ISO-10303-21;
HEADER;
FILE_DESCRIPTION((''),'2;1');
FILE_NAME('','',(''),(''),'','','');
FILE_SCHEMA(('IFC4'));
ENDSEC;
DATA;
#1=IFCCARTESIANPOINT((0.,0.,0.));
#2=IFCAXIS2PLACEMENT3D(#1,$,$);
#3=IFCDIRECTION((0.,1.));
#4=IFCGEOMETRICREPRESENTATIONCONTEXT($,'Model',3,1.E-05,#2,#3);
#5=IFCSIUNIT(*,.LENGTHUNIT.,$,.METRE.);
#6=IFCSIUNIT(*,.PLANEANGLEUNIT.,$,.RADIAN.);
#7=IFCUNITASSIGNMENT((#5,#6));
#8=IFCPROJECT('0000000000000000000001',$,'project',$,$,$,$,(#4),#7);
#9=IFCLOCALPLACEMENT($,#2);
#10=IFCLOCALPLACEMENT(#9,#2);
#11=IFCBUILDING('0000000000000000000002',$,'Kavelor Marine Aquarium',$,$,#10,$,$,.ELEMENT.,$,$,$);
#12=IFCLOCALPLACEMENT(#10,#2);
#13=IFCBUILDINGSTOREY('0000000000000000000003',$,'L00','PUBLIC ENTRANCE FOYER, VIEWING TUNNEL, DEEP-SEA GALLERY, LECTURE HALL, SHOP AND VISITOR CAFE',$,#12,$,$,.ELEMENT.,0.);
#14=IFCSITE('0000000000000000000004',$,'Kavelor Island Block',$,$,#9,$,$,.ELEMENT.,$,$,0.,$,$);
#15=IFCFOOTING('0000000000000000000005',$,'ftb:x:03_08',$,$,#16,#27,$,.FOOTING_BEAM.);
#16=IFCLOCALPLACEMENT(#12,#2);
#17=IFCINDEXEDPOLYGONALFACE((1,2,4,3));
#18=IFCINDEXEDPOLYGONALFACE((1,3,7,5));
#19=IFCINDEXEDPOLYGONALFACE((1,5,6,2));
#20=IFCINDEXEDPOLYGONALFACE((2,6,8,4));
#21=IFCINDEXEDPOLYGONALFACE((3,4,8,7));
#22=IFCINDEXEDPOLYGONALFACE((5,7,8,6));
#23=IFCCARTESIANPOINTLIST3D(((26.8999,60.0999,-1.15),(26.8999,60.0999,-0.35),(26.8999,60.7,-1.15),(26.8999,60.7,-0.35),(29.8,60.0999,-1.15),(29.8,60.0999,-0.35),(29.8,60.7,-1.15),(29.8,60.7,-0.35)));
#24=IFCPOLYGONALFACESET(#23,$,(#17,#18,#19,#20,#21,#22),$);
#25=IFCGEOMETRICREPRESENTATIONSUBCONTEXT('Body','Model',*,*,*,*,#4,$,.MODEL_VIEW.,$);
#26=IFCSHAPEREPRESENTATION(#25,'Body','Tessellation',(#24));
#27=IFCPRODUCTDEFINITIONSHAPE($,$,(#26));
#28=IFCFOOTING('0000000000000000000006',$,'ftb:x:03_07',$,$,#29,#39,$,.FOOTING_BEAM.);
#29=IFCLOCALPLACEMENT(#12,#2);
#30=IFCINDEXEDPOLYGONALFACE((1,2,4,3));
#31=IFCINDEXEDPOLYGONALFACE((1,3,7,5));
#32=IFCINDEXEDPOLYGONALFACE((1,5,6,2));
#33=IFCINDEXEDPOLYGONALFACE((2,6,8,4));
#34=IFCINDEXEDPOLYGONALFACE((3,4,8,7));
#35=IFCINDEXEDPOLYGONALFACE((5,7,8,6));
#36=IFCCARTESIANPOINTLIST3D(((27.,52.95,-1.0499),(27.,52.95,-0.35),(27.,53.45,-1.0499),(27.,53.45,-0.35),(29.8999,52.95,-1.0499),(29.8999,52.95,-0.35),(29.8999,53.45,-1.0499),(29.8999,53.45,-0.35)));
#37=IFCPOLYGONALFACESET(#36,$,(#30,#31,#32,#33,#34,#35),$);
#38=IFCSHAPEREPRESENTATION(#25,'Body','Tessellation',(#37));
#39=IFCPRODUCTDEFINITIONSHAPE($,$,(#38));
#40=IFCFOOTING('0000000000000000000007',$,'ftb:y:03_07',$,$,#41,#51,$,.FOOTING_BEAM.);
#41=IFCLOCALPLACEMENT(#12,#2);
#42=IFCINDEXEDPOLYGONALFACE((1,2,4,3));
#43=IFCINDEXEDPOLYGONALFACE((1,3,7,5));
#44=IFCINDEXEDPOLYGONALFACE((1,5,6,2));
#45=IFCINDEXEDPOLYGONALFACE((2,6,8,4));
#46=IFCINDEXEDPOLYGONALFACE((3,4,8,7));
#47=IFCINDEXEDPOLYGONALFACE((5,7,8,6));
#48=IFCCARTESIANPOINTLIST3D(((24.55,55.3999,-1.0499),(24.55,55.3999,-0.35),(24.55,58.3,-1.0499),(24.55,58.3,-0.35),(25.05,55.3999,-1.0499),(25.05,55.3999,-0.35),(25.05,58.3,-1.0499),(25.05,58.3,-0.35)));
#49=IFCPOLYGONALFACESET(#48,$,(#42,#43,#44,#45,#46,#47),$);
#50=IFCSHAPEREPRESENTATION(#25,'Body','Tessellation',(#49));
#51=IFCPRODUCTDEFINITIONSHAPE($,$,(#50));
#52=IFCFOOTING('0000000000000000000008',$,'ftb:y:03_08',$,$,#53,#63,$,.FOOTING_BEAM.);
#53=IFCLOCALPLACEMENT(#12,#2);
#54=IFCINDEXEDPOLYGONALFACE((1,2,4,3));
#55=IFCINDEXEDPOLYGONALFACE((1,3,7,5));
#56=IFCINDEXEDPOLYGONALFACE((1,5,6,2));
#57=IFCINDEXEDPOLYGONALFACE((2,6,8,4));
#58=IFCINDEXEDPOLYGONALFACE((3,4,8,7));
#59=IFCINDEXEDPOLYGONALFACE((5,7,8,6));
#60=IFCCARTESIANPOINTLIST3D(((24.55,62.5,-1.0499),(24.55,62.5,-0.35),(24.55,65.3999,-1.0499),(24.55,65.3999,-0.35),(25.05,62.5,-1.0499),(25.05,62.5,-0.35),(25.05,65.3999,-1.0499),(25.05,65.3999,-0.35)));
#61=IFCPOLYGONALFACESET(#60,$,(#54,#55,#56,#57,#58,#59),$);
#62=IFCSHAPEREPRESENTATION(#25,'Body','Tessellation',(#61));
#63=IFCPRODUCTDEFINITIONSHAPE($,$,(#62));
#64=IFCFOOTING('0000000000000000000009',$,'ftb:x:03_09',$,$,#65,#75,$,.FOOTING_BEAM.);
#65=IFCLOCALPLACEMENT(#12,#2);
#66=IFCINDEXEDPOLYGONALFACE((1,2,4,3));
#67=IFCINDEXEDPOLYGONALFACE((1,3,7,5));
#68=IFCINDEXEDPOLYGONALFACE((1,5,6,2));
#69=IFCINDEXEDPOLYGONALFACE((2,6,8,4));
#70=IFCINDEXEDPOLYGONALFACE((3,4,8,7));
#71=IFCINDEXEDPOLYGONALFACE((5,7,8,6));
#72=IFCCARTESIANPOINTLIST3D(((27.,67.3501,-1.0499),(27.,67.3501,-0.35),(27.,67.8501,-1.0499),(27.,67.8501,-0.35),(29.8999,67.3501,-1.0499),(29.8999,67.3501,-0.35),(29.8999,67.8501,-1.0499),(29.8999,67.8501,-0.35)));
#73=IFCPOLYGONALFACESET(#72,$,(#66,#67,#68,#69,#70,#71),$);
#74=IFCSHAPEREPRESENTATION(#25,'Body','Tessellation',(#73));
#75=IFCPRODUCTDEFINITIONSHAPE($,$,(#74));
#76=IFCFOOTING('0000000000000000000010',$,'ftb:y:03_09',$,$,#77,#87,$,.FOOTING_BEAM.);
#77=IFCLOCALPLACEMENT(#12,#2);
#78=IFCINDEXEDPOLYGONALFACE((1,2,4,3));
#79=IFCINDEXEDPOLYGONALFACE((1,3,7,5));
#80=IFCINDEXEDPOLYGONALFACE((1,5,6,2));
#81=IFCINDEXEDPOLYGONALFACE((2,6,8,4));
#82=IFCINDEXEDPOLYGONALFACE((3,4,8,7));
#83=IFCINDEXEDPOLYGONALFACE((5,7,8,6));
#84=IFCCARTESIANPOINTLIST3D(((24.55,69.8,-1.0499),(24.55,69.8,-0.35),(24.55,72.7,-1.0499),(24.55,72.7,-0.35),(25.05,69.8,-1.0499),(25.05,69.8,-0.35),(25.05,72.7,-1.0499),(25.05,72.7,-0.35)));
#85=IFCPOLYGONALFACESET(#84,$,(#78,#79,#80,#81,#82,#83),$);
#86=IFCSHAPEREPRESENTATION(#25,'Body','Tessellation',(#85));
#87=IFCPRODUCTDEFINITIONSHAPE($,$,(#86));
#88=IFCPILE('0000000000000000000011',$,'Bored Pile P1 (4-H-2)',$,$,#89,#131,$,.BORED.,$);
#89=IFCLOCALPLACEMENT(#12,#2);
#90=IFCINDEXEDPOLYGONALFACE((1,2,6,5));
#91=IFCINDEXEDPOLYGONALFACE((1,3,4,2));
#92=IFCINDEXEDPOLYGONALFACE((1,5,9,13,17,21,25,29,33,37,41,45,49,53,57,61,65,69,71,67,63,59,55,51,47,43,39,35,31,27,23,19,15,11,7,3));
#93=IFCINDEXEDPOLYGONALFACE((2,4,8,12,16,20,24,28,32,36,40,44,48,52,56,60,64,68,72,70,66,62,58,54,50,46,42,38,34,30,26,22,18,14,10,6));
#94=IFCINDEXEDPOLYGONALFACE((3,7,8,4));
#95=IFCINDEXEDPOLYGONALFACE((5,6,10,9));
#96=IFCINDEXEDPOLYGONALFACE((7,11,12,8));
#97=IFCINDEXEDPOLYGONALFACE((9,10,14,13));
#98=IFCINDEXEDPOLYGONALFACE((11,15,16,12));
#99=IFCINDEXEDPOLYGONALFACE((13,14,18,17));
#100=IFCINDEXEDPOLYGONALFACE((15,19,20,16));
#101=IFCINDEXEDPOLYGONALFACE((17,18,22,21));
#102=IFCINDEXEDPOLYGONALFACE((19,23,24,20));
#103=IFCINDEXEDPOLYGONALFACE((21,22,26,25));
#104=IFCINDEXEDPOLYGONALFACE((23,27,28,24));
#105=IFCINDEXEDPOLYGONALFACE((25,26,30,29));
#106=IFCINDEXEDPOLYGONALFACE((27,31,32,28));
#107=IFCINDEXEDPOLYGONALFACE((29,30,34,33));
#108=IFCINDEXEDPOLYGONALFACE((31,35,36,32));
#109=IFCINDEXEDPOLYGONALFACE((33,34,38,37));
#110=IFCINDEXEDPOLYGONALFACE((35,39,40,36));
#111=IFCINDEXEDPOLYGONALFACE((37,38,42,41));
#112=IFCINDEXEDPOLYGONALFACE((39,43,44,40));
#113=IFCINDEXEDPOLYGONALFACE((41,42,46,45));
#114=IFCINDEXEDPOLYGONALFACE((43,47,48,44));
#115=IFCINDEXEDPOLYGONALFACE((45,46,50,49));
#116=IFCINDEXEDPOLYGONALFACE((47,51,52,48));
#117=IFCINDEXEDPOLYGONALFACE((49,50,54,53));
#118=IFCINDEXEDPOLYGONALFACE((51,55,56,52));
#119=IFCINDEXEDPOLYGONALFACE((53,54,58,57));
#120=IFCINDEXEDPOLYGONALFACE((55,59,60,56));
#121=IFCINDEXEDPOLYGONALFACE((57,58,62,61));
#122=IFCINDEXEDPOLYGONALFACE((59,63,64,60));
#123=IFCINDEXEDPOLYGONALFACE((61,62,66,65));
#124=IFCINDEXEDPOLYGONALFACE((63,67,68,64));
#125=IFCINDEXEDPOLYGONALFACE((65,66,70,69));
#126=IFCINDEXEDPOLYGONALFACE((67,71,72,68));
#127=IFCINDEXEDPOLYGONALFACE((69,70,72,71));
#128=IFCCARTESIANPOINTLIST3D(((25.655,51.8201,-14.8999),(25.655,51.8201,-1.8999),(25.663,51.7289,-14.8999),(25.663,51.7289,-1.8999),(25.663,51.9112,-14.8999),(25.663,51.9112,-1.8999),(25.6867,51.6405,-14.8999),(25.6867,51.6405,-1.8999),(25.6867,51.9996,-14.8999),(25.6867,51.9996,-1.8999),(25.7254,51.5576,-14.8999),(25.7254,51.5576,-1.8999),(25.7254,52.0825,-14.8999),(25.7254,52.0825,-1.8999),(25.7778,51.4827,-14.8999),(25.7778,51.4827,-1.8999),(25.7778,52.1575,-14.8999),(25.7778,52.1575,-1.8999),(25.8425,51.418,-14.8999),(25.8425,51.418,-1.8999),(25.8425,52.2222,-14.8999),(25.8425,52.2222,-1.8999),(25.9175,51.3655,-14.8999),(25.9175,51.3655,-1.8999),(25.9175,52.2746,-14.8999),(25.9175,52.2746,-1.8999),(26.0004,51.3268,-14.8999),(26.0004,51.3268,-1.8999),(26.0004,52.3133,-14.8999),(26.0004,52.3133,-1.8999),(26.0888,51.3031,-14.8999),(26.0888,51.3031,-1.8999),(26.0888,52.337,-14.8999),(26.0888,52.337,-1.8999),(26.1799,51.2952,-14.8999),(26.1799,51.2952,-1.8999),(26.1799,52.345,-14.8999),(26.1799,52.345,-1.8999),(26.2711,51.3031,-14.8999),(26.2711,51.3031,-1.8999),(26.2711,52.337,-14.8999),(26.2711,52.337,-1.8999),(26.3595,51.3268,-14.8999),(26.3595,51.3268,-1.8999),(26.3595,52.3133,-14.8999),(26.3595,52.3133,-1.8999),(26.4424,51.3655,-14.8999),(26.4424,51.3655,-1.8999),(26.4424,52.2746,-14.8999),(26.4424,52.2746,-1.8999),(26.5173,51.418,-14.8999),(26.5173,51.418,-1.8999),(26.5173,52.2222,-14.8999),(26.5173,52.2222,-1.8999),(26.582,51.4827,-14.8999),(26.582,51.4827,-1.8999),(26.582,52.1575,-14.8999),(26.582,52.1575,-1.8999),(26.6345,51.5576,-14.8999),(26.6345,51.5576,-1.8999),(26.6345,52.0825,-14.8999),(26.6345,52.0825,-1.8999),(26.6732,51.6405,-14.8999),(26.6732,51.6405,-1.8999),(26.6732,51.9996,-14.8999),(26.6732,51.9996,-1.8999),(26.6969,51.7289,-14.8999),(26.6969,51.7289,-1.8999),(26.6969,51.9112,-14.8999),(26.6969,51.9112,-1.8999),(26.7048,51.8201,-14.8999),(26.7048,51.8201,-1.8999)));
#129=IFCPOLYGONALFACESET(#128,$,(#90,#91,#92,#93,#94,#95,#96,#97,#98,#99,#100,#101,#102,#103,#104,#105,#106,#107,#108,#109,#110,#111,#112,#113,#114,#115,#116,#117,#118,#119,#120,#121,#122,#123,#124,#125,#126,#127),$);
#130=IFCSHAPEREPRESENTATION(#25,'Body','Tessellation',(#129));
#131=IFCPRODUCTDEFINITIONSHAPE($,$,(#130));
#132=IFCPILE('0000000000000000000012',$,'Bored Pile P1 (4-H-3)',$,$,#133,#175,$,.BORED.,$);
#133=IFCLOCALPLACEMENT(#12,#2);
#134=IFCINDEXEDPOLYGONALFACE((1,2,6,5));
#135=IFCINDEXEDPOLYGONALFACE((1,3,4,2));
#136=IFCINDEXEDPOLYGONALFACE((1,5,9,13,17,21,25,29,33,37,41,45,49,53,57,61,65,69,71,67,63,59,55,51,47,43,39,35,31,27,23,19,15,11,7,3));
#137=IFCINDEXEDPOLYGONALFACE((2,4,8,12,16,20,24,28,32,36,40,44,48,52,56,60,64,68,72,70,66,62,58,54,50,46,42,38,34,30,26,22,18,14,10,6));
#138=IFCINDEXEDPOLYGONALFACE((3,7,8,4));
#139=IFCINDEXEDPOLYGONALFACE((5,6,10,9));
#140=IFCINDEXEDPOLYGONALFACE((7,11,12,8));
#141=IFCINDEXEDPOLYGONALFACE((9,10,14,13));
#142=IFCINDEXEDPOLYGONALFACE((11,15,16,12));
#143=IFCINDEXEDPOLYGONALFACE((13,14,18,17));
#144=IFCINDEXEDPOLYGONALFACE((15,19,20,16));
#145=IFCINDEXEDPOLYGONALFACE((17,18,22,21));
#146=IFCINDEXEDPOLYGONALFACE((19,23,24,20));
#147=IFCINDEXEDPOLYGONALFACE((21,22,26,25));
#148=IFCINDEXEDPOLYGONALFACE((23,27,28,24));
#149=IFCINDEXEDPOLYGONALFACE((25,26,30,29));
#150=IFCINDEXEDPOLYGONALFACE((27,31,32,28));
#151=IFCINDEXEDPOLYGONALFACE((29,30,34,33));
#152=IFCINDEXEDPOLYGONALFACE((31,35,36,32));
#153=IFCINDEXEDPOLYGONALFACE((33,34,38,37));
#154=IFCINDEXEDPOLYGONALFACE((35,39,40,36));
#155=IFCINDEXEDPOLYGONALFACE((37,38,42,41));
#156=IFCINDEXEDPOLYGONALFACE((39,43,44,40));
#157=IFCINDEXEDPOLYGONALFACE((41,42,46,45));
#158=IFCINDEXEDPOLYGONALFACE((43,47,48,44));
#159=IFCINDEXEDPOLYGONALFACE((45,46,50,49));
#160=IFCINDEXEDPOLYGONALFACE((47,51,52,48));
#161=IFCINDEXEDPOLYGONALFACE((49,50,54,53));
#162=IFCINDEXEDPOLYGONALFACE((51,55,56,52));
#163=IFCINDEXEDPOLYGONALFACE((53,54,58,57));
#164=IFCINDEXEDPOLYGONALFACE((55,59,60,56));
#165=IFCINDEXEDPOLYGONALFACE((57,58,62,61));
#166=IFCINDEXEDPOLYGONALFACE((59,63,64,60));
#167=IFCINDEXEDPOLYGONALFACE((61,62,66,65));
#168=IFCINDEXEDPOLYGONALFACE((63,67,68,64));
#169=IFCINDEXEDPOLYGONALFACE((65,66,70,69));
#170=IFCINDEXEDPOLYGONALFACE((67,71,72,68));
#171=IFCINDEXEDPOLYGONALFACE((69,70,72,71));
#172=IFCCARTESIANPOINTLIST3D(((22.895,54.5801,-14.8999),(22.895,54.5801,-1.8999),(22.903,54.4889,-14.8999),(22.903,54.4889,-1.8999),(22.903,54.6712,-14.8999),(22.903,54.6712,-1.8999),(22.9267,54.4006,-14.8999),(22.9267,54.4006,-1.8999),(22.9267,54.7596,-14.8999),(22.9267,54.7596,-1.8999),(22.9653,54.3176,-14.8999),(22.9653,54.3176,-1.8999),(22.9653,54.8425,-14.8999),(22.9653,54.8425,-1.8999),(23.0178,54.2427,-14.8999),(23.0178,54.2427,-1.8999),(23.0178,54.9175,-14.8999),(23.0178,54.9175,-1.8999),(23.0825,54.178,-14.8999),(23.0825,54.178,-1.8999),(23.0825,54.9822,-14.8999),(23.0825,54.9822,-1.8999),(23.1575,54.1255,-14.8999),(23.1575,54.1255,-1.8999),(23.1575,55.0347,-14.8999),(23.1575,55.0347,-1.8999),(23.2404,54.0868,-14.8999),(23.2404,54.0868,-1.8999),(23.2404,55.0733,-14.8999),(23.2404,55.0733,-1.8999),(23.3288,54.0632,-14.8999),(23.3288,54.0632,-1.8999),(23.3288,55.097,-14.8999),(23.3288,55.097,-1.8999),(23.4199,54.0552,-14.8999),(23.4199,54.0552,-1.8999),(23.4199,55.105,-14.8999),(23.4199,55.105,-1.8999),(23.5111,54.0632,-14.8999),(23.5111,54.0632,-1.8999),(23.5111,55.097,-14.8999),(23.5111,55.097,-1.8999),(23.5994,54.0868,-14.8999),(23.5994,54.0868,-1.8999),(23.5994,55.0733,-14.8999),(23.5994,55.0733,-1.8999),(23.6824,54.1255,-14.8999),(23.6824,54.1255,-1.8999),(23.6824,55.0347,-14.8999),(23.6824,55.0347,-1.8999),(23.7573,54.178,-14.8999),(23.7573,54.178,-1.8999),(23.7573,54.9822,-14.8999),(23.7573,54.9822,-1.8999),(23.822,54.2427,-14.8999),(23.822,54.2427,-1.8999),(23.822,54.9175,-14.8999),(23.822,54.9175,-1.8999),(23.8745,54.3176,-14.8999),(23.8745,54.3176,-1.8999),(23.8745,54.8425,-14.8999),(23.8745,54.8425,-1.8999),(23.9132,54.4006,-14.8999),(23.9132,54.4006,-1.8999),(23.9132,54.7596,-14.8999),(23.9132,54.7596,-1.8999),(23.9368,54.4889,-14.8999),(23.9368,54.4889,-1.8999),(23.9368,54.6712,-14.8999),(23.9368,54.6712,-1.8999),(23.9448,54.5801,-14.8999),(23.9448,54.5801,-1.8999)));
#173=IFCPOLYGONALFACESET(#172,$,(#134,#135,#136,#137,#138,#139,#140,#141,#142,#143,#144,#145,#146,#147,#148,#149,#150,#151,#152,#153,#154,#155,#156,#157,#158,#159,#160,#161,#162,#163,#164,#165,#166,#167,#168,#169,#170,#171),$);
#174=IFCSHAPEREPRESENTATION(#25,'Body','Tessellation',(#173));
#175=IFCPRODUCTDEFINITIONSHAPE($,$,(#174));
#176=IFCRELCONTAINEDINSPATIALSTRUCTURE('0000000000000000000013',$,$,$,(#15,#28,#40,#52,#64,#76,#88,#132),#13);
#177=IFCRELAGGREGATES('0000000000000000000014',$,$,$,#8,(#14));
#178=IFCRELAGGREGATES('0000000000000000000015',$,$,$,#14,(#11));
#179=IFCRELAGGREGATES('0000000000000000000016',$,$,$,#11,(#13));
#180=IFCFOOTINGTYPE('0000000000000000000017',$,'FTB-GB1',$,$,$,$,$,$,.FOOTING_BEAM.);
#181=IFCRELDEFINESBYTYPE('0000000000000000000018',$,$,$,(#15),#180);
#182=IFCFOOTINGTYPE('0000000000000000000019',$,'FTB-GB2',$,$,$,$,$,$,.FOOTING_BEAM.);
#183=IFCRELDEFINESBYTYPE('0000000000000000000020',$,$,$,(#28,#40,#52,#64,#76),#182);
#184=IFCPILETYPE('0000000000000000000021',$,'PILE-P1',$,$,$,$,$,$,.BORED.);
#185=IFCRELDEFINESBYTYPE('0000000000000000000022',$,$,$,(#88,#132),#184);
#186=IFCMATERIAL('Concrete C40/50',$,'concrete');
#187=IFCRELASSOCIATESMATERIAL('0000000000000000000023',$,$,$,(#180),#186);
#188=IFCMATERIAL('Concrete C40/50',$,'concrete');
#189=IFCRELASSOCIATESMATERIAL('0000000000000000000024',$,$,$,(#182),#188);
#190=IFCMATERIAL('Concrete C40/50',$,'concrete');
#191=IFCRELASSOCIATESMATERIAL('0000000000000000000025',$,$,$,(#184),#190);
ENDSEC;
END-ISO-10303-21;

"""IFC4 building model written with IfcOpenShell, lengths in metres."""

from ifc_helpers import new_model, si_unit, direction, frame, origin, origin_2d, place, context, subcontext, project, spatial, rectangle, circle, extrude, material, material_profile, profile_set, type_object, element, save


model = new_model("IFC4")

# Units and contexts
model_context = context("Model", 3, precision=1e-05, world=origin(), true_north=direction((0.0, 1.0)))
body_context = subcontext(model_context, "Body", "Model", "MODEL_VIEW")
ifc_project = project(units=[si_unit("LENGTHUNIT", "METRE"), si_unit("PLANEANGLEUNIT", "RADIAN")], contexts=[model_context])

# Site, building, storey
site_placement = place(None, origin())
site = spatial("IfcSite", under=ifc_project, at=site_placement, Name="Kavelor Island Block", CompositionType="ELEMENT", RefElevation=0.0)
building_placement = place(site_placement, origin())
building = spatial("IfcBuilding", under=site, at=building_placement, Name="Kavelor Marine Aquarium", CompositionType="ELEMENT")
storey_placement = place(building_placement, origin())
storey = spatial("IfcBuildingStorey", under=building, at=storey_placement, Name="L00", Description="PUBLIC ENTRANCE FOYER, VIEWING TUNNEL, DEEP-SEA GALLERY, LECTURE HALL, SHOP AND VISITOR CAFE", CompositionType="ELEMENT", Elevation=0.0)

# Footings
ifc_material_1 = material(Name="Concrete C40/50", Category="concrete")
ifc_material_profile_1 = material_profile(ifc_material_1, rectangle(XDim=0.6001, YDim=0.8, at=origin_2d()), Name="GB 600x800")
ifc_profile_set_1 = profile_set([ifc_material_profile_1], Name="Concrete C40/50")
footing_type_1 = type_object("IfcFootingType", Name="FTB-GB1", PredefinedType="FOOTING_BEAM", material=ifc_profile_set_1)
footing_1_placement = place(storey_placement, frame((26.8999, 60.3999, -0.75), z_axis=(1.0, 0.0, 0.0), x_axis=(0.0, 1.0, 0.0)))
element("IfcFooting", 1, at=footing_1_placement, inside=storey, type_object=footing_type_1, Name="ftb:x:03_08", PredefinedType="FOOTING_BEAM", context=body_context, shape_type="SweptSolid", body=[
    extrude(rectangle(XDim=0.6001, YDim=0.8, at=origin_2d()), origin(), (0.0, 0.0, 1.0), 2.9001),
])
ifc_material_2 = material(Name="Concrete C40/50", Category="concrete")
ifc_material_profile_2 = material_profile(ifc_material_2, rectangle(XDim=0.5, YDim=0.7, at=origin_2d()), Name="GB 500x700")
ifc_profile_set_2 = profile_set([ifc_material_profile_2], Name="Concrete C40/50")
footing_type_2 = type_object("IfcFootingType", Name="FTB-GB2", PredefinedType="FOOTING_BEAM", material=ifc_profile_set_2)
footing_2_placement = place(storey_placement, frame((27.0, 53.2, -0.7), z_axis=(1.0, 0.0, 0.0), x_axis=(0.0, 1.0, 0.0)))
element("IfcFooting", 2, at=footing_2_placement, inside=storey, type_object=footing_type_2, Name="ftb:x:03_07", PredefinedType="FOOTING_BEAM", context=body_context, shape_type="SweptSolid", body=[
    extrude(rectangle(XDim=0.5, YDim=0.7, at=origin_2d()), origin(), (0.0, 0.0, 1.0), 2.8999),
])
footing_3_placement = place(storey_placement, frame((24.8, 55.3999, -0.7), z_axis=(0.0, 1.0, 0.0), x_axis=(-1.0, 0.0, 0.0)))
element("IfcFooting", 3, at=footing_3_placement, inside=storey, type_object=footing_type_2, Name="ftb:y:03_07", PredefinedType="FOOTING_BEAM", context=body_context, shape_type="SweptSolid", body=[
    extrude(rectangle(XDim=0.5, YDim=0.7, at=origin_2d()), origin(), (0.0, 0.0, 1.0), 2.9001),
])
for number, where, z_axis, x_axis, name in (
    (4, (24.8, 62.5, -0.7), (0.0, 1.0, 0.0), (-1.0, 0.0, 0.0), "ftb:y:03_08"),
    (5, (27.0, 67.6001, -0.7), (1.0, 0.0, 0.0), (0.0, 1.0, 0.0), "ftb:x:03_09"),
    (6, (24.8, 69.8, -0.7), (0.0, 1.0, 0.0), (-1.0, 0.0, 0.0), "ftb:y:03_09"),
):
    element("IfcFooting", number, at=place(storey_placement, frame(where, z_axis=z_axis, x_axis=x_axis)), inside=storey, type_object=footing_type_2, Name=name, PredefinedType="FOOTING_BEAM", context=body_context, shape_type="SweptSolid", body=[
        extrude(rectangle(XDim=0.5, YDim=0.7, at=origin_2d()), origin(), (0.0, 0.0, 1.0), 2.8999),
    ])

# Piles
ifc_material_3 = material(Name="Concrete C40/50", Category="concrete")
ifc_material_profile_3 = material_profile(ifc_material_3, circle(Radius=0.5249, at=origin_2d()), Name="PILE D1050")
ifc_profile_set_3 = profile_set([ifc_material_profile_3], Name="Concrete C40/50")
pile_type = type_object("IfcPileType", Name="PILE-P1", PredefinedType="BORED", material=ifc_profile_set_3)
for number, where, z_axis, x_axis, name in (
    (7, (26.1799, 51.8201, -1.8999), (0.0, 0.0, -1.0), (1.0, 0.0, 0.0), "Bored Pile P1 (4-H-2)"),
    (8, (23.4199, 54.5801, -1.8999), (0.0, 0.0, -1.0), (1.0, 0.0, 0.0), "Bored Pile P1 (4-H-3)"),
):
    element("IfcPile", number, at=place(storey_placement, frame(where, z_axis=z_axis, x_axis=x_axis)), inside=storey, type_object=pile_type, Name=name, PredefinedType="BORED", context=body_context, shape_type="SweptSolid", body=[
        extrude(circle(Radius=0.5249, at=origin_2d()), origin(), (0.0, 0.0, 1.0), 13.0),
    ])

save(model, "model.ifc")
